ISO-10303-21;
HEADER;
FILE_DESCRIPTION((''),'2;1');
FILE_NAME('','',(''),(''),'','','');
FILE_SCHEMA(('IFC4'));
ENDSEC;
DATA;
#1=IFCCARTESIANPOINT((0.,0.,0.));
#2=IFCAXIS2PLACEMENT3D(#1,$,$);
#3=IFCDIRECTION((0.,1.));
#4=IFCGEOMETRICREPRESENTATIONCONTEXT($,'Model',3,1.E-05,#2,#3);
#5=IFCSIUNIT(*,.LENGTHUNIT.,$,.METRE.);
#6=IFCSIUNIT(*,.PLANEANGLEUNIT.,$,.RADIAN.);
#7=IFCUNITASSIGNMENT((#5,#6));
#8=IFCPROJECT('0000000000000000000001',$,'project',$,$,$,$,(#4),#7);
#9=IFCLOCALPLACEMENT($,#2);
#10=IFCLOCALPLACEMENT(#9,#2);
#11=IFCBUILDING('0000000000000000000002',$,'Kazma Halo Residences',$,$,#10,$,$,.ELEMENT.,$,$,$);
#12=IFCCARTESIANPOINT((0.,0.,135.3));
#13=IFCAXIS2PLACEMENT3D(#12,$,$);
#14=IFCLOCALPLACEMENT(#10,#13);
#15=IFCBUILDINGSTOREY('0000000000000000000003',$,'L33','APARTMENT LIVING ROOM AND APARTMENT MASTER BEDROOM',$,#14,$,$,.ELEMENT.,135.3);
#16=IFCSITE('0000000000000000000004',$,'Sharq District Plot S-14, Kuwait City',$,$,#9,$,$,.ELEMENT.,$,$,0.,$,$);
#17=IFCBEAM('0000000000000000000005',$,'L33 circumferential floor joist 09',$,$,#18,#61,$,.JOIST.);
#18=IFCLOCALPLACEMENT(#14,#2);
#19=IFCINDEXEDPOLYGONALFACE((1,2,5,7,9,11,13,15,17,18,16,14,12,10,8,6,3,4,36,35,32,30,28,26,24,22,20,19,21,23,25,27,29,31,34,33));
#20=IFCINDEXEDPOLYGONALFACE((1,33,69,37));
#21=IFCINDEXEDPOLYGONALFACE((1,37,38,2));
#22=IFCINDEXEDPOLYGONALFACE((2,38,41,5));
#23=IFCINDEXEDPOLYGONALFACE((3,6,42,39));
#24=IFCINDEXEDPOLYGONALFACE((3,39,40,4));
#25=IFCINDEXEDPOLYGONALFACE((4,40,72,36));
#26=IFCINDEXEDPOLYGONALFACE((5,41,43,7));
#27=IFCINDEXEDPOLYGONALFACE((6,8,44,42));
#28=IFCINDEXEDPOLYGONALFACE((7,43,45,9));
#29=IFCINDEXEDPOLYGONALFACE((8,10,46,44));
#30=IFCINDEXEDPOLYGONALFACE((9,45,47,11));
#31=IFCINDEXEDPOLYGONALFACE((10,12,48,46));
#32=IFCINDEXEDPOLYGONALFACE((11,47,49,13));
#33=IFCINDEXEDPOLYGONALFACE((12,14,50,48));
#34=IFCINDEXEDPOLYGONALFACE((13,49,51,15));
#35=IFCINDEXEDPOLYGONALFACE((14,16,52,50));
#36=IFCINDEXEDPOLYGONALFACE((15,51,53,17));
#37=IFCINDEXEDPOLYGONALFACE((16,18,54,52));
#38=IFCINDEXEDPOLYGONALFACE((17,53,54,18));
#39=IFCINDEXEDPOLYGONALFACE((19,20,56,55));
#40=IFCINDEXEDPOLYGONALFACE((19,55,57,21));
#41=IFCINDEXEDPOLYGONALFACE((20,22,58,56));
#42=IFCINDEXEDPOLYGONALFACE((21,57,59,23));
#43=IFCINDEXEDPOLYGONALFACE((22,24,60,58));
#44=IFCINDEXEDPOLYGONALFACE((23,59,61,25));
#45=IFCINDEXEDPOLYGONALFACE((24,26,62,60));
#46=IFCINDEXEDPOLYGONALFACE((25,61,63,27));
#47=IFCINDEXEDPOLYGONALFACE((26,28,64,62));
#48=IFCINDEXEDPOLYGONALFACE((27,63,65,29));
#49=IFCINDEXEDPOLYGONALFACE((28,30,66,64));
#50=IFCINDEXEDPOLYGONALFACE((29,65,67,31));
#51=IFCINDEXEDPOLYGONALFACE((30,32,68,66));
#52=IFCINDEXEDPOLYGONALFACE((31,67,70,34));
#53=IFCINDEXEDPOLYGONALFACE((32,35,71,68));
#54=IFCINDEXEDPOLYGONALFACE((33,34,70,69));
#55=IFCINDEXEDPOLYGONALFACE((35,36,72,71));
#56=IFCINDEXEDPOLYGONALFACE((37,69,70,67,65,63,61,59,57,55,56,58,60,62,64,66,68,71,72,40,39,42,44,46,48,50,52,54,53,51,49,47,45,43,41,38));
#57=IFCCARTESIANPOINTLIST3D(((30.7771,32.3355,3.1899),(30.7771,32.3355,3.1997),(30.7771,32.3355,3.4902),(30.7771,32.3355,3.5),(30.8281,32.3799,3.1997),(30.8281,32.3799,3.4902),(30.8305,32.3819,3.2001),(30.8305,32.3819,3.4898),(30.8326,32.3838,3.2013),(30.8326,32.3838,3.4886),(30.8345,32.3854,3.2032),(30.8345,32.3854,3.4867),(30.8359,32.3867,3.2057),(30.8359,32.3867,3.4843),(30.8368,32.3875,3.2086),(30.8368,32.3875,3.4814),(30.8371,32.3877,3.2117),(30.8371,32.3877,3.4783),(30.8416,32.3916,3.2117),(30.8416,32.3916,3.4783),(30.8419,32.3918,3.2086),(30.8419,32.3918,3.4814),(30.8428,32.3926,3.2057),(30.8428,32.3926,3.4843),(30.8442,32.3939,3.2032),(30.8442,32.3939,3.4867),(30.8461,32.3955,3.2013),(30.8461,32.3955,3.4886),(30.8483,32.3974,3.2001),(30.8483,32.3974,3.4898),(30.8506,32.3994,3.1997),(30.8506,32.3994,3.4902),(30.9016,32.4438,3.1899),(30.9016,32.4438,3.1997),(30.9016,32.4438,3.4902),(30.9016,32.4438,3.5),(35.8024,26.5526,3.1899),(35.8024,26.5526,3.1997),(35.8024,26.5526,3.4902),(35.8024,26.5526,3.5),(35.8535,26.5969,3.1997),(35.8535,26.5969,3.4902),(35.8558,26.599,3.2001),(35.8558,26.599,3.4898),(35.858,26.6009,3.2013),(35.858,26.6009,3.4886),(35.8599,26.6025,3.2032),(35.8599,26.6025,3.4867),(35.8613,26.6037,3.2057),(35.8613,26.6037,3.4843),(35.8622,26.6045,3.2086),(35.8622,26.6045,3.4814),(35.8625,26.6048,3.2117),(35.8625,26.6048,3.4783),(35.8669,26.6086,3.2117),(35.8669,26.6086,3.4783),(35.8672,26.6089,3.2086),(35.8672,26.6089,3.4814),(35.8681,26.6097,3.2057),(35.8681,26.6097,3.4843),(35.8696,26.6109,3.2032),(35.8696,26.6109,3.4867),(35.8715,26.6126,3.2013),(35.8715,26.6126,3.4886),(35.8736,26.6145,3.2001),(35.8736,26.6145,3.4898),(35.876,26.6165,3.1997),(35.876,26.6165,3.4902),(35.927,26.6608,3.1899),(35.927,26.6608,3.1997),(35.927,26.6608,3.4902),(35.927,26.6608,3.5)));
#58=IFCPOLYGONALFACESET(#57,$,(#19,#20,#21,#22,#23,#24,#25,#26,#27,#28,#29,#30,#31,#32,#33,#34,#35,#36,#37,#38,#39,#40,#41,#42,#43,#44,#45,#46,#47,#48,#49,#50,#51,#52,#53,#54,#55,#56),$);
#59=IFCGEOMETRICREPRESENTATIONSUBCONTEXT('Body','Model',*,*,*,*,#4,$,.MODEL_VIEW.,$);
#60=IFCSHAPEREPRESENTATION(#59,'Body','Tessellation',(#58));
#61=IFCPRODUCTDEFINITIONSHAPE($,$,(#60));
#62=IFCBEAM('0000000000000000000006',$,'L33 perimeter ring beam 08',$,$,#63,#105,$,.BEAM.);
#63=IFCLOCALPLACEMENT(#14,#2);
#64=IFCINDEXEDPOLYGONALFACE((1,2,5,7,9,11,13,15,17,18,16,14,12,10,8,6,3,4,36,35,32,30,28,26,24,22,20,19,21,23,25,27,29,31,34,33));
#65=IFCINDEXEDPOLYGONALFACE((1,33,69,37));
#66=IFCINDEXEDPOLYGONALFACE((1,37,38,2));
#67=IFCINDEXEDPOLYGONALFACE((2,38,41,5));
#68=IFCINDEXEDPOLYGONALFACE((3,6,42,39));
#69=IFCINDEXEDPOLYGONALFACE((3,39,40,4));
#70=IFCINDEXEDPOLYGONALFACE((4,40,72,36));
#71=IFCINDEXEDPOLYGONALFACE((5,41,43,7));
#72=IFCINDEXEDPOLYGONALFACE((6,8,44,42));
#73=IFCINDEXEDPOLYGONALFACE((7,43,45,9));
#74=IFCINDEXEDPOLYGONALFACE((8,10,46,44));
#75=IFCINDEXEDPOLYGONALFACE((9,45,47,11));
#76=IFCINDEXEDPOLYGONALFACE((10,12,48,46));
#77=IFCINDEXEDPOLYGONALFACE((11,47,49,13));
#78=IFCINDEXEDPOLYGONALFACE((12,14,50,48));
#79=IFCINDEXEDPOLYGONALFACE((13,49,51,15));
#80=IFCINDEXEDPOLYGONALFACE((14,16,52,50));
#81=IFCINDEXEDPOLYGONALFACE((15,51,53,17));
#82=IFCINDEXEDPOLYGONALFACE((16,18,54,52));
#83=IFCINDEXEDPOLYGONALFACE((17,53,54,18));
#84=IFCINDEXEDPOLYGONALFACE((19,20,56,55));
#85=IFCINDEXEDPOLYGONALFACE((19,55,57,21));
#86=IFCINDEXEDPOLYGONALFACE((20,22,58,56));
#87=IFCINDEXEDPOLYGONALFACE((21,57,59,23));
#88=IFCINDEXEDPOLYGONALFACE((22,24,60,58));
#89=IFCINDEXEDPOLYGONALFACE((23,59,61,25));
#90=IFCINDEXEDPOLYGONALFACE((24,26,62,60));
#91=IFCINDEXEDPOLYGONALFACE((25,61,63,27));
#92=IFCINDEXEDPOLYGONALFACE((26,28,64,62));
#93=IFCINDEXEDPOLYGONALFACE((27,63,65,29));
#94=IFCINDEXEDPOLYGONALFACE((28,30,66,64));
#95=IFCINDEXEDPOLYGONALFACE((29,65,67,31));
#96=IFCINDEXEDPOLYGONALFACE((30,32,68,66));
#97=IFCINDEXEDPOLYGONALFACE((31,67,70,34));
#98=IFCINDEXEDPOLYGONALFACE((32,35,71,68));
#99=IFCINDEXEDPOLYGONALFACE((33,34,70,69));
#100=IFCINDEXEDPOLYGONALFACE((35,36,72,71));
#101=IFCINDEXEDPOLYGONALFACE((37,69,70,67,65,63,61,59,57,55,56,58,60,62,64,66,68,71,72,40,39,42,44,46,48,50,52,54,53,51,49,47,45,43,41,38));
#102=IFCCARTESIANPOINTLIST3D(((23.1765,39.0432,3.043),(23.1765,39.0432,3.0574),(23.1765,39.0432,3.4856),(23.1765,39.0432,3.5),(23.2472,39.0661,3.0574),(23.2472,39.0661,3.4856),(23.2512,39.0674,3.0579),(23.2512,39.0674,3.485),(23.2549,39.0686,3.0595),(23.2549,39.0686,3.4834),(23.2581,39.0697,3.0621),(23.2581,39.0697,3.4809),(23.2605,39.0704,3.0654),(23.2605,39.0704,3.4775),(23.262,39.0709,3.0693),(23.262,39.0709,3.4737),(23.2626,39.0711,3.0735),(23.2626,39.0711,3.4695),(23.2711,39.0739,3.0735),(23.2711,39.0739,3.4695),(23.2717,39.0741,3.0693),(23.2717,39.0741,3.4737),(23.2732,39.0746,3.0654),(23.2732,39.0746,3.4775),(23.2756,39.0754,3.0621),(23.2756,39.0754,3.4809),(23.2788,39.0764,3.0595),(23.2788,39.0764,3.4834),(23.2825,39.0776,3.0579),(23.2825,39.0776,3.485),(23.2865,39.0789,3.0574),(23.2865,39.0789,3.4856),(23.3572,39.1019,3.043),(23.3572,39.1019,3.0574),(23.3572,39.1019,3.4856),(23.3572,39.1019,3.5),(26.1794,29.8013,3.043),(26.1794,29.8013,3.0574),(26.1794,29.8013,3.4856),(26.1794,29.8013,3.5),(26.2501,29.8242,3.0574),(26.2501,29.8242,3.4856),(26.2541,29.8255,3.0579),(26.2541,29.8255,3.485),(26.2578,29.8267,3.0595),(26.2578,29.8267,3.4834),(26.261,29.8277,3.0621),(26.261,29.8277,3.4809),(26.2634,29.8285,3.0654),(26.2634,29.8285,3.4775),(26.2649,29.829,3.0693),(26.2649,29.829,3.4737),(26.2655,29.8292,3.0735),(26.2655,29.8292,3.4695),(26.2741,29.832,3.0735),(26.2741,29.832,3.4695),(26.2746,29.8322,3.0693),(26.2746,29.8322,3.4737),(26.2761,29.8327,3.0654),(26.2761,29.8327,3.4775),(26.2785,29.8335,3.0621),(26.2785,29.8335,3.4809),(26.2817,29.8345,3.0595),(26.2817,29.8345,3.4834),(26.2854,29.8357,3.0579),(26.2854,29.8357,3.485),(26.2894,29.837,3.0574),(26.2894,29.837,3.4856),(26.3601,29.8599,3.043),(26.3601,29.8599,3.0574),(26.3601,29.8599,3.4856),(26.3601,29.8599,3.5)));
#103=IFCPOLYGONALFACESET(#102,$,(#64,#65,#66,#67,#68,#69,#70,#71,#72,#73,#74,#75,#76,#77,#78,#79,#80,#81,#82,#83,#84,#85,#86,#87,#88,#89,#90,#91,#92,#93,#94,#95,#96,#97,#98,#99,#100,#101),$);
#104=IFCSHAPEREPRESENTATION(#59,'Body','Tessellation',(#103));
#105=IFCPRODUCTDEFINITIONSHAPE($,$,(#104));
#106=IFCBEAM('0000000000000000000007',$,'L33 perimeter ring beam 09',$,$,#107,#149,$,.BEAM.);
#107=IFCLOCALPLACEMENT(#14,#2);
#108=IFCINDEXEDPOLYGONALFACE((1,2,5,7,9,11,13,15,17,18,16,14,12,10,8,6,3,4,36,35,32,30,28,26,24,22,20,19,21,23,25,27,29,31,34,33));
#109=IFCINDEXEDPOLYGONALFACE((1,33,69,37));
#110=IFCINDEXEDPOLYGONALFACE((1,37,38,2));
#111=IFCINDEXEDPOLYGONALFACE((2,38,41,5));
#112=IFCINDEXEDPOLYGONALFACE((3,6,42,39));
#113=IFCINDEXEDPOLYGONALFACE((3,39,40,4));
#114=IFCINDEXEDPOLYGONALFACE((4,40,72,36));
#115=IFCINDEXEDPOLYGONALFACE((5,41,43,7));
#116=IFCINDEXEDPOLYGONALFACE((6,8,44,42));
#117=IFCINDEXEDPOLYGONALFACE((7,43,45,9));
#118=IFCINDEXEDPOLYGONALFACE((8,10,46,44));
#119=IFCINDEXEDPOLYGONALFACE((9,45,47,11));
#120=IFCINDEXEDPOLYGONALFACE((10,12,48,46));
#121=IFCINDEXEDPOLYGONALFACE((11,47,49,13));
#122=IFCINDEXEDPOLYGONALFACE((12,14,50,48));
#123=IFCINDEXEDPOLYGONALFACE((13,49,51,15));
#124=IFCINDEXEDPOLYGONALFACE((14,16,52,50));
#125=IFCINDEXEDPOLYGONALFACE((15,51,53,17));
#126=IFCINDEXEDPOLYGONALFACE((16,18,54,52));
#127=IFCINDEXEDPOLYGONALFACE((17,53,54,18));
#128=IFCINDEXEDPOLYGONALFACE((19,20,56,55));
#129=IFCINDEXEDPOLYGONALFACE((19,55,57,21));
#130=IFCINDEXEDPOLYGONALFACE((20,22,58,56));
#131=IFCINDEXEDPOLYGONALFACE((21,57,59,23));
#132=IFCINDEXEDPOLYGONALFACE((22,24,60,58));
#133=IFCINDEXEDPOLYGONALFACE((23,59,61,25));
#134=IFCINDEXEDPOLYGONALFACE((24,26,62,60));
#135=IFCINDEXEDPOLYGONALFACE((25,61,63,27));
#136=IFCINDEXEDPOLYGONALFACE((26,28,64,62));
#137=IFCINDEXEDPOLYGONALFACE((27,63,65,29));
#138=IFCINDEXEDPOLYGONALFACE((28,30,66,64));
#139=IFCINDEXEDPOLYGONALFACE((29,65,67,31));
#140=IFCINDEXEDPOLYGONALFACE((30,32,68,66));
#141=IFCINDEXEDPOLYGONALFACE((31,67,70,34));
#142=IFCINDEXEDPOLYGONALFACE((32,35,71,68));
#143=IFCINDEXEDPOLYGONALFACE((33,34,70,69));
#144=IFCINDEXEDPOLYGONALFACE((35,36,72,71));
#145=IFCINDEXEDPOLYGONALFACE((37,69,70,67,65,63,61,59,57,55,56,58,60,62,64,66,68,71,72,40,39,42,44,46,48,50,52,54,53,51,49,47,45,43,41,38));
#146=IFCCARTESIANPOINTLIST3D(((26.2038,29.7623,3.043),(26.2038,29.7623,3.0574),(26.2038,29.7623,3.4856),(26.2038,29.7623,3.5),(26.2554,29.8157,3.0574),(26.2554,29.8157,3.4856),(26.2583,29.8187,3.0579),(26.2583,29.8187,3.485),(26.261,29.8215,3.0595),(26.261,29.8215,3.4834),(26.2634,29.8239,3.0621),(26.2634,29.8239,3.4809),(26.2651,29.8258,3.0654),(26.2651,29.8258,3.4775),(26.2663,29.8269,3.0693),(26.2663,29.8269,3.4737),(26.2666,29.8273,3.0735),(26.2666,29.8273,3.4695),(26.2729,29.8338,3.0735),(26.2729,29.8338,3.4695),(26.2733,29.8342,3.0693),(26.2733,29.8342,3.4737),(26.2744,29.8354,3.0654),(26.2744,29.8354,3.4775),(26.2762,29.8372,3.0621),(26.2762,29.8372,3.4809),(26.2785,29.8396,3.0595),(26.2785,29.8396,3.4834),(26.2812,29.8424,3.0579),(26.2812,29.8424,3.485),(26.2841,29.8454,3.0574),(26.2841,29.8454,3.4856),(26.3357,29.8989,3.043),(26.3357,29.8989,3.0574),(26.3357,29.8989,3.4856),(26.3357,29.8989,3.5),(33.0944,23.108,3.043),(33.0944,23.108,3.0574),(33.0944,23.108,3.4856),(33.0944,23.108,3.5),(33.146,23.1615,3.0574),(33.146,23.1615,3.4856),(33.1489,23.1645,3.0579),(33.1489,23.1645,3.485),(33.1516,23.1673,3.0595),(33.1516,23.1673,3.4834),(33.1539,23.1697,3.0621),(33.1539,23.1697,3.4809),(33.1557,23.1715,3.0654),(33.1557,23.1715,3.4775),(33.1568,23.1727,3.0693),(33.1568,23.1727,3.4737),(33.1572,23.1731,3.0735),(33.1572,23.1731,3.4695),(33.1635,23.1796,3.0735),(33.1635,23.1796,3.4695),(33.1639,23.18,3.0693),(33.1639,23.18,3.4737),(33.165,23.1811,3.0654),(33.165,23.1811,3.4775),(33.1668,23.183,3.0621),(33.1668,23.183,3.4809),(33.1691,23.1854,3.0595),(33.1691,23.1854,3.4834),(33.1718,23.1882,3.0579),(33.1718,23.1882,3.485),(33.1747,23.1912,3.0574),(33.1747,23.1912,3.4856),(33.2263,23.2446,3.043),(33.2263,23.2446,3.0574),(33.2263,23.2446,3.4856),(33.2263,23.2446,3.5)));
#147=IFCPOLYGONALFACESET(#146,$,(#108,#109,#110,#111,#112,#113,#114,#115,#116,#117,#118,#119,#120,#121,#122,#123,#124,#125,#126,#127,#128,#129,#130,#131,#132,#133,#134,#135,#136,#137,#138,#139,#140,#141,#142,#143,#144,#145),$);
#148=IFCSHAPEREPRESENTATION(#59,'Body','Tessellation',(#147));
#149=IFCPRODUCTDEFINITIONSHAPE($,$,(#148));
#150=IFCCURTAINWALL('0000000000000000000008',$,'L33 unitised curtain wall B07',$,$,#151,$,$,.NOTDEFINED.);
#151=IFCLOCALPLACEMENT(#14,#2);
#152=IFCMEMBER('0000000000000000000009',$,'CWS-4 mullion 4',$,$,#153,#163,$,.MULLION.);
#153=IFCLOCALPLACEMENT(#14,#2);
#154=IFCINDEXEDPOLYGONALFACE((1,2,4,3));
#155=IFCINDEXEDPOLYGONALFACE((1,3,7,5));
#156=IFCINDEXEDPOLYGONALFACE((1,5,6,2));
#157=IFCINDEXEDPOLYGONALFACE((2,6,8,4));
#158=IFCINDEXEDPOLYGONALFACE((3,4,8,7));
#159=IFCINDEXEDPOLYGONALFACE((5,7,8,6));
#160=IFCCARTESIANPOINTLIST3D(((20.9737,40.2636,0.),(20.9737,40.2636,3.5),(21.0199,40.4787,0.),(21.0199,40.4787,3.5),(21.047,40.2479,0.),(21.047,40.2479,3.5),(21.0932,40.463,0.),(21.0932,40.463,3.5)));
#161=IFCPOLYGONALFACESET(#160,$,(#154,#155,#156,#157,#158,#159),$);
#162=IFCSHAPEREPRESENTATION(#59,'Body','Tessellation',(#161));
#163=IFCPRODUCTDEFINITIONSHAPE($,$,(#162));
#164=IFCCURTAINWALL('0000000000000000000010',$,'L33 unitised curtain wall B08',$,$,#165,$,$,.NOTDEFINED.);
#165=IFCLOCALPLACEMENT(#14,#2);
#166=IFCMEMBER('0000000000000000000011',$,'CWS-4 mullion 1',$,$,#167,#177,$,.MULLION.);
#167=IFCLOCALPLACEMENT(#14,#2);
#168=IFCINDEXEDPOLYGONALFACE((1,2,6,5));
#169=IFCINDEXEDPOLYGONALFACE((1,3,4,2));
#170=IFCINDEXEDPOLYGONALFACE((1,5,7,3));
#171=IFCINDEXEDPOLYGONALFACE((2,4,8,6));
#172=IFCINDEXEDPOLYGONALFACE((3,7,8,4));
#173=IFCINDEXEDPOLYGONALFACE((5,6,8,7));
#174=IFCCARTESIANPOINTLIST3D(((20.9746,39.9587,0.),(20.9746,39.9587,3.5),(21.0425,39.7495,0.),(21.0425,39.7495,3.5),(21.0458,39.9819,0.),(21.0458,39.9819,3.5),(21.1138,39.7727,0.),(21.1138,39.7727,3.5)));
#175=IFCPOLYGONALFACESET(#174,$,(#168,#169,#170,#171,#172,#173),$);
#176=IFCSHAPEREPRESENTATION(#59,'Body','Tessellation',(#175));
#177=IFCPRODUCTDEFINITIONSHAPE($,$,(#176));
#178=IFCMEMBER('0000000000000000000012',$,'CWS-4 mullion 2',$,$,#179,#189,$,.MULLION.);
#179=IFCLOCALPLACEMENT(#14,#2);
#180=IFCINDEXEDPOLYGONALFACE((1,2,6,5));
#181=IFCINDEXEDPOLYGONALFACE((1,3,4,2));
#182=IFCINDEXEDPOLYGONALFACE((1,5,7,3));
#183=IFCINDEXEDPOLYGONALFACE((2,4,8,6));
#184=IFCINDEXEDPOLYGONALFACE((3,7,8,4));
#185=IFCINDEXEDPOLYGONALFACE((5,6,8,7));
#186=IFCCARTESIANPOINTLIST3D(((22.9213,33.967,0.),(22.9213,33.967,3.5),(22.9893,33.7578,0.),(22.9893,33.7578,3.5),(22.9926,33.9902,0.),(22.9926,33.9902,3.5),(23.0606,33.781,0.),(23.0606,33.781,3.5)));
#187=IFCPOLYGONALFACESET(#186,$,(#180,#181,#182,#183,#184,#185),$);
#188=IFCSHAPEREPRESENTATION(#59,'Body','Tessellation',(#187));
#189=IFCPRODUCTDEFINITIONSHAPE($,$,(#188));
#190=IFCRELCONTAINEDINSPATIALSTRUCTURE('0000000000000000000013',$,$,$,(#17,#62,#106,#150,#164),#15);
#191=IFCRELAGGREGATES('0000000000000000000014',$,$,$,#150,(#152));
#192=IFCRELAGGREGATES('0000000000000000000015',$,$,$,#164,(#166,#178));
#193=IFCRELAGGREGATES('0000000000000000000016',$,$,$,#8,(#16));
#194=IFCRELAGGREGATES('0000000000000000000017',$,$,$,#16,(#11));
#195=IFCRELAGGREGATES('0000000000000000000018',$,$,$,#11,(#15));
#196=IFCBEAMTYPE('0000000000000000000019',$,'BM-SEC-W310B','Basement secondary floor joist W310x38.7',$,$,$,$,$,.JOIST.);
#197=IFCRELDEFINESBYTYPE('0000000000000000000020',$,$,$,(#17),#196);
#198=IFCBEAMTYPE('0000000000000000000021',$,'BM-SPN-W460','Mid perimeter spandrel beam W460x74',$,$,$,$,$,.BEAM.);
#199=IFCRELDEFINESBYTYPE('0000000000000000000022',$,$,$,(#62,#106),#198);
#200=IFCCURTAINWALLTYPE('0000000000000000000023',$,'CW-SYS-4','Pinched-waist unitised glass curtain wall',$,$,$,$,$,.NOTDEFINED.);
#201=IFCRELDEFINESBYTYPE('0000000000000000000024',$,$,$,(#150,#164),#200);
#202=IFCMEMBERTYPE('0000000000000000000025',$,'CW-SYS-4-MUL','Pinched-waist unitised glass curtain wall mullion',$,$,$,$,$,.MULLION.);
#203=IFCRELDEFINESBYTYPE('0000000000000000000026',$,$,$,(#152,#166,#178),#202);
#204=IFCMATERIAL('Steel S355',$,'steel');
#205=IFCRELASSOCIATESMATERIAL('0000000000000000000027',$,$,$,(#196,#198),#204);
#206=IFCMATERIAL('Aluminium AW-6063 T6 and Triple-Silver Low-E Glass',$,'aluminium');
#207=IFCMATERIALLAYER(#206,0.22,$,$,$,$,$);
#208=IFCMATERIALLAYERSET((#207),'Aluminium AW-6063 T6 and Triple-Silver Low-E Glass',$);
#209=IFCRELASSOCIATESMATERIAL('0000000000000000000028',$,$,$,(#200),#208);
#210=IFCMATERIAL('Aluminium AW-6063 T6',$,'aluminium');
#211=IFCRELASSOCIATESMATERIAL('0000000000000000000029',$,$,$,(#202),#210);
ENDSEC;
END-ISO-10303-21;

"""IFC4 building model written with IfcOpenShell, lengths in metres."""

from ifc_helpers import new_model, si_unit, direction, frame, origin, origin_2d, place, context, subcontext, project, spatial, rectangle, i_section, extrude, material, layer, layer_set, material_profile, profile_set, type_object, element, aggregate, save


model = new_model("IFC4")

# Units and contexts
model_context = context("Model", 3, precision=1e-05, world=origin(), true_north=direction((0.0, 1.0)))
body_context = subcontext(model_context, "Body", "Model", "MODEL_VIEW")
ifc_project = project(units=[si_unit("LENGTHUNIT", "METRE"), si_unit("PLANEANGLEUNIT", "RADIAN")], contexts=[model_context])

# Site, building, storey
site_placement = place(None, origin())
site = spatial("IfcSite", under=ifc_project, at=site_placement, Name="Sharq District Plot S-14, Kuwait City", CompositionType="ELEMENT", RefElevation=0.0)
building_placement = place(site_placement, origin())
building = spatial("IfcBuilding", under=site, at=building_placement, Name="Kazma Halo Residences", CompositionType="ELEMENT")
storey_placement = place(building_placement, frame((0.0, 0.0, 135.3)))
storey = spatial("IfcBuildingStorey", under=building, at=storey_placement, Name="L33", Description="APARTMENT LIVING ROOM AND APARTMENT MASTER BEDROOM", CompositionType="ELEMENT", Elevation=135.3)

# Beams
ifc_material_1 = material(Name="Steel S355", Category="steel")
ifc_material_profile_1 = material_profile(ifc_material_1, i_section(OverallWidth=0.165, OverallDepth=0.3101, WebThickness=0.0059, FlangeThickness=0.0098, FilletRadius=0.012, at=origin_2d()), Name="W310x38.7")
ifc_profile_set_1 = profile_set([ifc_material_profile_1], Name="Steel S355")
beam_type_1 = type_object("IfcBeamType", Name="BM-SEC-W310B", Description="Basement secondary floor joist W310x38.7", PredefinedType="JOIST", material=ifc_profile_set_1)
beam_1_placement = place(storey_placement, frame((30.8394, 32.3896, 3.345), z_axis=(0.655936, -0.754817, 0.0), x_axis=(0.754817, 0.655936, 0.0)))
element("IfcBeam", 1, at=beam_1_placement, inside=storey, type_object=beam_type_1, Name="L33 circumferential floor joist 09", PredefinedType="JOIST", context=body_context, shape_type="SweptSolid", body=[
    extrude(i_section(OverallWidth=0.165, OverallDepth=0.3101, WebThickness=0.0059, FlangeThickness=0.0098, FilletRadius=0.012, at=origin_2d()), origin(), (0.0, 0.0, 1.0), 7.6614),
])
ifc_material_profile_2 = material_profile(ifc_material_1, i_section(OverallWidth=0.1899, OverallDepth=0.457, WebThickness=0.009, FlangeThickness=0.0144, FilletRadius=0.0161, at=origin_2d()), Name="W460x74")
ifc_profile_set_2 = profile_set([ifc_material_profile_2], Name="Steel S355")
beam_type_2 = type_object("IfcBeamType", Name="BM-SPN-W460", Description="Mid perimeter spandrel beam W460x74", PredefinedType="BEAM", material=ifc_profile_set_2)
beam_2_placement = place(storey_placement, frame((23.2668, 39.0725, 3.2715), z_axis=(0.309021, -0.951055, 0.0), x_axis=(0.951055, 0.309021, 0.0)))
element("IfcBeam", 2, at=beam_2_placement, inside=storey, type_object=beam_type_2, Name="L33 perimeter ring beam 08", PredefinedType="BEAM", context=body_context, shape_type="SweptSolid", body=[
    extrude(i_section(OverallWidth=0.1899, OverallDepth=0.457, WebThickness=0.009, FlangeThickness=0.0144, FilletRadius=0.0161, at=origin_2d()), origin(), (0.0, 0.0, 1.0), 9.7175),
])
beam_3_placement = place(storey_placement, frame((26.2698, 29.8306, 3.2715), z_axis=(0.719335, -0.694664, 0.0), x_axis=(0.694664, 0.719335, 0.0)))
element("IfcBeam", 3, at=beam_3_placement, inside=storey, type_object=beam_type_2, Name="L33 perimeter ring beam 09", PredefinedType="BEAM", context=body_context, shape_type="SweptSolid", body=[
    extrude(i_section(OverallWidth=0.1899, OverallDepth=0.457, WebThickness=0.009, FlangeThickness=0.0144, FilletRadius=0.0161, at=origin_2d()), origin(), (0.0, 0.0, 1.0), 9.5791),
])

# Curtain wall, member
ifc_material_2 = material(Name="Aluminium AW-6063 T6 and Triple-Silver Low-E Glass", Category="aluminium")
ifc_layer_1 = layer(ifc_material_2, 0.22)
ifc_layer_set_1 = layer_set([ifc_layer_1], Name="Aluminium AW-6063 T6 and Triple-Silver Low-E Glass")
curtain_wall_type = type_object("IfcCurtainWallType", Name="CW-SYS-4", Description="Pinched-waist unitised glass curtain wall", PredefinedType="NOTDEFINED", material=ifc_layer_set_1)
curtain_wall_1_placement = place(storey_placement, origin())
curtain_wall_1 = element("IfcCurtainWall", 4, at=curtain_wall_1_placement, inside=storey, type_object=curtain_wall_type, Name="L33 unitised curtain wall B07", PredefinedType="NOTDEFINED")
ifc_material_3 = material(Name="Aluminium AW-6063 T6", Category="aluminium")
ifc_material_profile_3 = material_profile(ifc_material_3, rectangle(XDim=0.075, YDim=0.22, at=origin_2d()), Name="CWM-75x220")
ifc_profile_set_3 = profile_set([ifc_material_profile_3], Name="Aluminium AW-6063 T6")
member_type_1 = type_object("IfcMemberType", Name="CW-SYS-4-MUL", Description="Pinched-waist unitised glass curtain wall mullion", PredefinedType="MULLION", material=ifc_profile_set_3)
member_1_placement = place(storey_placement, frame((21.0334, 40.3633, 0.0), z_axis=(0.0, 0.0, 1.0), x_axis=(0.977765, -0.209704, 0.0)))
member_1 = element("IfcMember", 5, at=member_1_placement, type_object=member_type_1, Name="CWS-4 mullion 4", PredefinedType="MULLION", context=body_context, shape_type="SweptSolid", body=[
    extrude(rectangle(XDim=0.075, YDim=0.22, at=origin_2d()), origin(), (0.0, 0.0, 1.0), 3.5),
])
aggregate(curtain_wall_1, [member_1])

# Curtain wall, members
curtain_wall_2_placement = place(storey_placement, origin())
curtain_wall_2 = element("IfcCurtainWall", 6, at=curtain_wall_2_placement, inside=storey, type_object=curtain_wall_type, Name="L33 unitised curtain wall B08", PredefinedType="NOTDEFINED")
member_2_placement = place(storey_placement, frame((21.0442, 39.8657, 0.0), z_axis=(0.0, 0.0, 1.0), x_axis=(0.951058, 0.309014, 0.0)))
member_2 = element("IfcMember", 7, at=member_2_placement, type_object=member_type_1, Name="CWS-4 mullion 1", PredefinedType="MULLION", context=body_context, shape_type="SweptSolid", body=[
    extrude(rectangle(XDim=0.075, YDim=0.22, at=origin_2d()), origin(), (0.0, 0.0, 1.0), 3.5),
])
member_3_placement = place(storey_placement, frame((22.991, 33.874, 0.0), z_axis=(0.0, 0.0, 1.0), x_axis=(0.951058, 0.309014, 0.0)))
member_3 = element("IfcMember", 8, at=member_3_placement, type_object=member_type_1, Name="CWS-4 mullion 2", PredefinedType="MULLION", context=body_context, shape_type="SweptSolid", body=[
    extrude(rectangle(XDim=0.075, YDim=0.22, at=origin_2d()), origin(), (0.0, 0.0, 1.0), 3.5),
])
aggregate(curtain_wall_2, [member_2, member_3])

save(model, "model.ifc")
